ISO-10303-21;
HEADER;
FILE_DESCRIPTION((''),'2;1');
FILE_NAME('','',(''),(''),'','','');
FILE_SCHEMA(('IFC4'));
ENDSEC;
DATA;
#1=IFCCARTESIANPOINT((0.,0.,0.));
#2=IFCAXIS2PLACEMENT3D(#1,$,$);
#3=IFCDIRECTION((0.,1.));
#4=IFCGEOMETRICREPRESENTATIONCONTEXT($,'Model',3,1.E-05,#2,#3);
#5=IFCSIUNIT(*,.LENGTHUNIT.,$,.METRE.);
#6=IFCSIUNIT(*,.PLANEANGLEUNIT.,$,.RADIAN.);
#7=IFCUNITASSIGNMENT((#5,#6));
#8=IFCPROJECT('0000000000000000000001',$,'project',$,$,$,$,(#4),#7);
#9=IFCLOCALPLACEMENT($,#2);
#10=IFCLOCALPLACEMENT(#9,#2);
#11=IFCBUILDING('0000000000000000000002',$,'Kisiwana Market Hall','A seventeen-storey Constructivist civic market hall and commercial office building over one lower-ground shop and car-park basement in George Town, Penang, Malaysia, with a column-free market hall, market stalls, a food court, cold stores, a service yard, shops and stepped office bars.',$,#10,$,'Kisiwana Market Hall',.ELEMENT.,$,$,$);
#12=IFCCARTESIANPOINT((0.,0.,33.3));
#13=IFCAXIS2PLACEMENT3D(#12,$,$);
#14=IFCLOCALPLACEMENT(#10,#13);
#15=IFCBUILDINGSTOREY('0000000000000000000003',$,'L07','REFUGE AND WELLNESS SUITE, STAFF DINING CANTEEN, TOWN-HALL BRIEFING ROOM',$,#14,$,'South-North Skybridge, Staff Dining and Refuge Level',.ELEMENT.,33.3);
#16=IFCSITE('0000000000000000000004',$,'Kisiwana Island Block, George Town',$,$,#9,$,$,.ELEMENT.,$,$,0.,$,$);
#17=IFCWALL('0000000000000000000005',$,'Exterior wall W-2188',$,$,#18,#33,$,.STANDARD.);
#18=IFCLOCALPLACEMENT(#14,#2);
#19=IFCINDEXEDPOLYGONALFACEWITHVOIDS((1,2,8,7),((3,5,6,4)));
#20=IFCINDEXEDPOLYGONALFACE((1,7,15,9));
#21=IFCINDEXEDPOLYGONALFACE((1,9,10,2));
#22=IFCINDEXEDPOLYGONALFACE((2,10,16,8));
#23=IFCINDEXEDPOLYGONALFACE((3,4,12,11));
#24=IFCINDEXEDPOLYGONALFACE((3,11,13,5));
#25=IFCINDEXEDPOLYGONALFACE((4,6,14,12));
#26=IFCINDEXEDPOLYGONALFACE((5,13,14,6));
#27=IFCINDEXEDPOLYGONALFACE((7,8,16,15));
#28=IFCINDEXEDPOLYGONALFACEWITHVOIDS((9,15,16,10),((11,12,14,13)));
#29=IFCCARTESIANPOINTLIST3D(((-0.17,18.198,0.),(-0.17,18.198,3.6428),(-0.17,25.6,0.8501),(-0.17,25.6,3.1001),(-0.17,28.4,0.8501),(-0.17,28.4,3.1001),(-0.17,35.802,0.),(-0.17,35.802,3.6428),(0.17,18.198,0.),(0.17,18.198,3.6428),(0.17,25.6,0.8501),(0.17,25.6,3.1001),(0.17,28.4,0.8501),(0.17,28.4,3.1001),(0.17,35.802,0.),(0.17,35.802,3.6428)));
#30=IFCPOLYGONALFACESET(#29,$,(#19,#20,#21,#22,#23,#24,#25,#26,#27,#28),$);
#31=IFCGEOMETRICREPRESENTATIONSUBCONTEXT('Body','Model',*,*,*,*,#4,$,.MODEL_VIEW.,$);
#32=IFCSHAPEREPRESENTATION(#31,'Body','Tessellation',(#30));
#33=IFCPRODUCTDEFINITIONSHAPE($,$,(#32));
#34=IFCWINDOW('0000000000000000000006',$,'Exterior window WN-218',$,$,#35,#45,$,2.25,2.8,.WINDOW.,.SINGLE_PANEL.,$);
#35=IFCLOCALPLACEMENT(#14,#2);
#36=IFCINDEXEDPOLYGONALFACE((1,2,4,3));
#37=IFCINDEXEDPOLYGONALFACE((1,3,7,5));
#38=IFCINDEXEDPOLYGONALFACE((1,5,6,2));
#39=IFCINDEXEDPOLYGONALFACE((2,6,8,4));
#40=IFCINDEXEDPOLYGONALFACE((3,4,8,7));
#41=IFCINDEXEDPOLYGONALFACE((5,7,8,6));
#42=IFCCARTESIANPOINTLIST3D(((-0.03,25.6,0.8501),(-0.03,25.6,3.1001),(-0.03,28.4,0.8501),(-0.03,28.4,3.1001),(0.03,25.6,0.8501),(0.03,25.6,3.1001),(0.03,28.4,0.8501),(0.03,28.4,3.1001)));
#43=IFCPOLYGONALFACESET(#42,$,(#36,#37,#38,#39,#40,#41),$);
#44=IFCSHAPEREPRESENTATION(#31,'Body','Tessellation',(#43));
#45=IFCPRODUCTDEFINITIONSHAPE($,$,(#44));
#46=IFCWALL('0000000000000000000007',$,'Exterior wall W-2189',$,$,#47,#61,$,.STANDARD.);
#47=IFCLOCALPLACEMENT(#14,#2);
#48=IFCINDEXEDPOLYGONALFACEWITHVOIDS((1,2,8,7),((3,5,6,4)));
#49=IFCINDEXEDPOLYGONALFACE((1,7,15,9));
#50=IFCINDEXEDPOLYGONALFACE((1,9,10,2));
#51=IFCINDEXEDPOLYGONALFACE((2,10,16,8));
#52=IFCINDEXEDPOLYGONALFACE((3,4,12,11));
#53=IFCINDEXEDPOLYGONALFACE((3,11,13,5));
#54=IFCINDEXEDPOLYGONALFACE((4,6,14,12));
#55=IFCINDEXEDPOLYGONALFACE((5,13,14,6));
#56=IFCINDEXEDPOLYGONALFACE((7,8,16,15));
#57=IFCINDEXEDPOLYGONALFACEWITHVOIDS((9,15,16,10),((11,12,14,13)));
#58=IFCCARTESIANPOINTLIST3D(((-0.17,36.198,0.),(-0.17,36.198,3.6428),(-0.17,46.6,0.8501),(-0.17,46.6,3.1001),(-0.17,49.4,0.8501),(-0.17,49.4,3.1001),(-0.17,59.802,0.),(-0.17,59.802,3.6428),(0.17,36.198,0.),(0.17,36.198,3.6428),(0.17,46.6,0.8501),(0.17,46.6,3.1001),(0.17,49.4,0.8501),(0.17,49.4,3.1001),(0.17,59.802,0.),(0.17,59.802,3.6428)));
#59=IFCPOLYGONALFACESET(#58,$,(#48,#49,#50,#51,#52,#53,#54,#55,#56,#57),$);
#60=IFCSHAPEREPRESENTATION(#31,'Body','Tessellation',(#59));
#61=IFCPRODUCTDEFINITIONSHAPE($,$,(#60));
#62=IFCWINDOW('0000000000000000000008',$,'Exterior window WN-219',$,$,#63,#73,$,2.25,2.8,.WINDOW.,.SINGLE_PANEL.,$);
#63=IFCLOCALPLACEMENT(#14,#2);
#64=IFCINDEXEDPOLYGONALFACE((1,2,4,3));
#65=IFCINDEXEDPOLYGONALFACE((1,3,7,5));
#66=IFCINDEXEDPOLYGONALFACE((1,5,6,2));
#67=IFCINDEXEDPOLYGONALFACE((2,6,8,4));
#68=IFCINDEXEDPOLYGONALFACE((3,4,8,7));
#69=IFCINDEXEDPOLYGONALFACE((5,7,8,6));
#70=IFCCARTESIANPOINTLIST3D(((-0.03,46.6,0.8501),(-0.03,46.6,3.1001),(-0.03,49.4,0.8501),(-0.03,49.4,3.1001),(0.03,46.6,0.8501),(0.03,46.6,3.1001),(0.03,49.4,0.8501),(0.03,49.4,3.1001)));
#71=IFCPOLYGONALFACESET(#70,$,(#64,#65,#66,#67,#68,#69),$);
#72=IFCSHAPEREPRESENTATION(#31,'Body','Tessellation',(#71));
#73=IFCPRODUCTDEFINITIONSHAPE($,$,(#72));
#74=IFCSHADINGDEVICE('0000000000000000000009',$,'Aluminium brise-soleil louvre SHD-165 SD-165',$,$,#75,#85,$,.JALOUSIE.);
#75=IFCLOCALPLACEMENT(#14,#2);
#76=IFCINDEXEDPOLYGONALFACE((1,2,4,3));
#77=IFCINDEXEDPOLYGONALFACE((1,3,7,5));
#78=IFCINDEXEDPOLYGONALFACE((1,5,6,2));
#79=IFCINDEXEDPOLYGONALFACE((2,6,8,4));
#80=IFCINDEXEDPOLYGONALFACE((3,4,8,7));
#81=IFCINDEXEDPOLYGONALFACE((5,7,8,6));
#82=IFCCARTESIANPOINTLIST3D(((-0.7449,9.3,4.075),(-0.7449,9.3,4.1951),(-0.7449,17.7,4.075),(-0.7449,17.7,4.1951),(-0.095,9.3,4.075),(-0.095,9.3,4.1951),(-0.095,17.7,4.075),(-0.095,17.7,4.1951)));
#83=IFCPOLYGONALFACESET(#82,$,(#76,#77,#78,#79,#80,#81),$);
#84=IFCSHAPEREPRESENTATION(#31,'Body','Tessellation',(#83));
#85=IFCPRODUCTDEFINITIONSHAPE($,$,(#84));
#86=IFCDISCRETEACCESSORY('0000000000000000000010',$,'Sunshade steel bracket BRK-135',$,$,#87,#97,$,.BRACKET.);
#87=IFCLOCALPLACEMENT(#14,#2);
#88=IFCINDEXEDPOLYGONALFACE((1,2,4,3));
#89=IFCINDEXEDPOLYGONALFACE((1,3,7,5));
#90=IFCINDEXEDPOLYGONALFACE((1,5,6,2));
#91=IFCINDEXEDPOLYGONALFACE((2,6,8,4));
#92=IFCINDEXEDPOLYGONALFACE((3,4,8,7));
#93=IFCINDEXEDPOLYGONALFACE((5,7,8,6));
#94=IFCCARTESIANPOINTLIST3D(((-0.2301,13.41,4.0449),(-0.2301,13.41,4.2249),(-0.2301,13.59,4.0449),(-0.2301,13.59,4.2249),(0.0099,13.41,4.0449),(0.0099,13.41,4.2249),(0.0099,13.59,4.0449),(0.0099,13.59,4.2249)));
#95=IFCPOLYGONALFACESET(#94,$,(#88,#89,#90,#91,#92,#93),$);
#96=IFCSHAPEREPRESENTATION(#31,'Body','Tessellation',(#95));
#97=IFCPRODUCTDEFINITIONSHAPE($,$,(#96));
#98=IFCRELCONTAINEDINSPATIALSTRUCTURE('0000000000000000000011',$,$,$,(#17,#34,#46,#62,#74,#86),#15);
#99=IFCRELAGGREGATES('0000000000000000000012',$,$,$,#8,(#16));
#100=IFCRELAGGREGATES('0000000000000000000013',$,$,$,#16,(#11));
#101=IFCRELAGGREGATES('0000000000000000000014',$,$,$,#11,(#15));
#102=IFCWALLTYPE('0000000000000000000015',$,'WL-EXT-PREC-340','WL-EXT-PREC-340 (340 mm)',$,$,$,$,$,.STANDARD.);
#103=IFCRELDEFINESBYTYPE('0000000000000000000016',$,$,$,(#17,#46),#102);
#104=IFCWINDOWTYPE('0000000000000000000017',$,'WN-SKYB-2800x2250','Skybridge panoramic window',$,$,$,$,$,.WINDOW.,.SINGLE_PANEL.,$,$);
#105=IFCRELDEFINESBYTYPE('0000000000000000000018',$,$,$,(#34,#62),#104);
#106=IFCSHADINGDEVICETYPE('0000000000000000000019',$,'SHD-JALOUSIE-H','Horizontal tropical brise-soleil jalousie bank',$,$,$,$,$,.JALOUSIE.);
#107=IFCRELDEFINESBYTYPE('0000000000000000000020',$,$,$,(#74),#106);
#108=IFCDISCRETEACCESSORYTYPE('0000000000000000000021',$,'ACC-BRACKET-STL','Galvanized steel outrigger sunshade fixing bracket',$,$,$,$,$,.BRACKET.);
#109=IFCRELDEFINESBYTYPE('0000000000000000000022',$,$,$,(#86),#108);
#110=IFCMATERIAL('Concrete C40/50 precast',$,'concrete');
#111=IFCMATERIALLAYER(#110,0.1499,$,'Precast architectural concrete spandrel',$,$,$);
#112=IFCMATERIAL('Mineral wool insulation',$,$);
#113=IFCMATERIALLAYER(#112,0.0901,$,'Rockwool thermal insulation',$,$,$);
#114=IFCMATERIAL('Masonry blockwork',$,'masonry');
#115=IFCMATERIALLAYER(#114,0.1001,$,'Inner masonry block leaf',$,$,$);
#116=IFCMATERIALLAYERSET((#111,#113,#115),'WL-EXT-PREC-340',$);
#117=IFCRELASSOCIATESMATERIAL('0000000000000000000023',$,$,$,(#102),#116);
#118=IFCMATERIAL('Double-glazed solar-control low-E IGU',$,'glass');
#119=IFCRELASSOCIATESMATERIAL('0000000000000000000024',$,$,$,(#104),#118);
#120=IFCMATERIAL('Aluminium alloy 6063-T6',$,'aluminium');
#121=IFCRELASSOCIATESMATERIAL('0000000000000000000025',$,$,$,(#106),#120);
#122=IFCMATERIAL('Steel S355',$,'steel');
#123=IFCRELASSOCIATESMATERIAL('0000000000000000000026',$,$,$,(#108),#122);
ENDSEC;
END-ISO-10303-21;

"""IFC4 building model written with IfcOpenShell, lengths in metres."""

from ifc_helpers import new_model, si_unit, direction, frame, frame_2d, origin, origin_2d, place, context, subcontext, project, spatial, rectangle, extrude, material, layer, layer_set, type_object, element, fill, save


model = new_model("IFC4")

# Units and contexts
model_context = context("Model", 3, precision=1e-05, world=origin(), true_north=direction((0.0, 1.0)))
body_context = subcontext(model_context, "Body", "Model", "MODEL_VIEW")
ifc_project = project(units=[si_unit("LENGTHUNIT", "METRE"), si_unit("PLANEANGLEUNIT", "RADIAN")], contexts=[model_context])

# Site, building, storey
site_placement = place(None, origin())
site = spatial("IfcSite", under=ifc_project, at=site_placement, Name="Kisiwana Island Block, George Town", CompositionType="ELEMENT", RefElevation=0.0)
building_placement = place(site_placement, origin())
building = spatial("IfcBuilding", under=site, at=building_placement, Name="Kisiwana Market Hall", Description="A seventeen-storey Constructivist civic market hall and commercial office building over one lower-ground shop and car-park basement in George Town, Penang, Malaysia, with a column-free market hall, market stalls, a food court, cold stores, a service yard, shops and stepped office bars.", LongName="Kisiwana Market Hall", CompositionType="ELEMENT")
storey_placement = place(building_placement, frame((0.0, 0.0, 33.3)))
storey = spatial("IfcBuildingStorey", under=building, at=storey_placement, Name="L07", Description="REFUGE AND WELLNESS SUITE, STAFF DINING CANTEEN, TOWN-HALL BRIEFING ROOM", LongName="South-North Skybridge, Staff Dining and Refuge Level", CompositionType="ELEMENT", Elevation=33.3)

# Walls, openings, windows
ifc_material_1 = material(Name="Concrete C40/50 precast", Category="concrete")
ifc_layer_1 = layer(ifc_material_1, 0.1499, Name="Precast architectural concrete spandrel")
ifc_material_2 = material(Name="Mineral wool insulation")
ifc_layer_2 = layer(ifc_material_2, 0.0901, Name="Rockwool thermal insulation")
ifc_material_3 = material(Name="Masonry blockwork", Category="masonry")
ifc_layer_3 = layer(ifc_material_3, 0.1001, Name="Inner masonry block leaf")
ifc_layer_set_1 = layer_set([ifc_layer_1, ifc_layer_2, ifc_layer_3], Name="WL-EXT-PREC-340")
wall_type_1 = type_object("IfcWallType", Name="WL-EXT-PREC-340", Description="WL-EXT-PREC-340 (340 mm)", PredefinedType="STANDARD", material=ifc_layer_set_1)
wall_1_placement = place(storey_placement, frame((0.0, 18.198, 0.0), z_axis=(0.0, 0.0, 1.0), x_axis=(0.0, 1.0, 0.0)))
wall_1 = element("IfcWall", 1, at=wall_1_placement, inside=storey, type_object=wall_type_1, Name="Exterior wall W-2188", PredefinedType="STANDARD", context=body_context, shape_type="SweptSolid", body=[
    extrude(rectangle(XDim=17.604, YDim=0.3401, at=frame_2d((8.802, 0.0))), origin(), (0.0, 0.0, 1.0), 3.6428),
])
opening_1_placement = place(wall_1_placement, frame((7.4021, 0.0, 0.8501)))
opening_1 = element("IfcOpeningElement", 2, at=opening_1_placement, cuts=wall_1, PredefinedType="OPENING", context=body_context, shape_type="SweptSolid", body=[
    extrude(rectangle(XDim=2.8, YDim=2.25, at=frame_2d((1.3999, 1.125))), frame((0.0, 0.1821, 0.0), z_axis=(0.0, -1.0, 0.0), x_axis=(1.0, 0.0, 0.0)), (0.0, 0.0, 1.0), 0.364),
])
ifc_material_4 = material(Name="Double-glazed solar-control low-E IGU", Category="glass")
window_type = type_object("IfcWindowType", Name="WN-SKYB-2800x2250", Description="Skybridge panoramic window", PartitioningType="SINGLE_PANEL", PredefinedType="WINDOW", material=ifc_material_4)
window_1_placement = place(opening_1_placement, origin())
window_1 = element("IfcWindow", 3, at=window_1_placement, inside=storey, type_object=window_type, Name="Exterior window WN-218", OverallHeight=2.25, OverallWidth=2.8, PartitioningType="SINGLE_PANEL", PredefinedType="WINDOW", context=body_context, shape_type="SweptSolid", body=[
    extrude(rectangle(XDim=2.8, YDim=2.25, at=frame_2d((1.3999, 1.125))), frame((0.0, 0.03, 0.0), z_axis=(0.0, -1.0, 0.0), x_axis=(1.0, 0.0, 0.0)), (0.0, 0.0, 1.0), 0.0601),
])
fill(opening_1, window_1)
wall_2_placement = place(storey_placement, frame((0.0, 36.198, 0.0), z_axis=(0.0, 0.0, 1.0), x_axis=(0.0, 1.0, 0.0)))
wall_2 = element("IfcWall", 4, at=wall_2_placement, inside=storey, type_object=wall_type_1, Name="Exterior wall W-2189", PredefinedType="STANDARD", context=body_context, shape_type="SweptSolid", body=[
    extrude(rectangle(XDim=23.604, YDim=0.3401, at=frame_2d((11.802, 0.0))), origin(), (0.0, 0.0, 1.0), 3.6428),
])
opening_2_placement = place(wall_2_placement, frame((10.4021, 0.0, 0.8501)))
opening_2 = element("IfcOpeningElement", 5, at=opening_2_placement, cuts=wall_2, PredefinedType="OPENING", context=body_context, shape_type="SweptSolid", body=[
    extrude(rectangle(XDim=2.8, YDim=2.25, at=frame_2d((1.3999, 1.125))), frame((0.0, 0.1821, 0.0), z_axis=(0.0, -1.0, 0.0), x_axis=(1.0, 0.0, 0.0)), (0.0, 0.0, 1.0), 0.364),
])
window_2_placement = place(opening_2_placement, origin())
window_2 = element("IfcWindow", 6, at=window_2_placement, inside=storey, type_object=window_type, Name="Exterior window WN-219", OverallHeight=2.25, OverallWidth=2.8, PartitioningType="SINGLE_PANEL", PredefinedType="WINDOW", context=body_context, shape_type="SweptSolid", body=[
    extrude(rectangle(XDim=2.8, YDim=2.25, at=frame_2d((1.3999, 1.125))), frame((0.0, 0.03, 0.0), z_axis=(0.0, -1.0, 0.0), x_axis=(1.0, 0.0, 0.0)), (0.0, 0.0, 1.0), 0.0601),
])
fill(opening_2, window_2)

# Shading device
ifc_material_5 = material(Name="Aluminium alloy 6063-T6", Category="aluminium")
shading_device_type = type_object("IfcShadingDeviceType", Name="SHD-JALOUSIE-H", Description="Horizontal tropical brise-soleil jalousie bank", PredefinedType="JALOUSIE", material=ifc_material_5)
shading_device_placement = place(storey_placement, frame((-0.4199, 13.5, 4.075), z_axis=(0.0, 0.0, 1.0), x_axis=(0.0, 1.0, 0.0)))
element("IfcShadingDevice", 7, at=shading_device_placement, inside=storey, type_object=shading_device_type, Name="Aluminium brise-soleil louvre SHD-165 SD-165", PredefinedType="JALOUSIE", context=body_context, shape_type="SweptSolid", body=[
    extrude(rectangle(XDim=8.3999, YDim=0.6499, at=origin_2d()), origin(), (0.0, 0.0, 1.0), 0.1201),
])

# Discrete accessory
ifc_material_6 = material(Name="Steel S355", Category="steel")
discrete_accessory_type = type_object("IfcDiscreteAccessoryType", Name="ACC-BRACKET-STL", Description="Galvanized steel outrigger sunshade fixing bracket", PredefinedType="BRACKET", material=ifc_material_6)
discrete_accessory_placement = place(storey_placement, frame((-0.1101, 13.5, 4.0449), z_axis=(0.0, 0.0, 1.0), x_axis=(0.0, 1.0, 0.0)))
element("IfcDiscreteAccessory", 8, at=discrete_accessory_placement, inside=storey, type_object=discrete_accessory_type, Name="Sunshade steel bracket BRK-135", PredefinedType="BRACKET", context=body_context, shape_type="SweptSolid", body=[
    extrude(rectangle(XDim=0.1799, YDim=0.24, at=origin_2d()), origin(), (0.0, 0.0, 1.0), 0.1799),
])

save(model, "model.ifc")
